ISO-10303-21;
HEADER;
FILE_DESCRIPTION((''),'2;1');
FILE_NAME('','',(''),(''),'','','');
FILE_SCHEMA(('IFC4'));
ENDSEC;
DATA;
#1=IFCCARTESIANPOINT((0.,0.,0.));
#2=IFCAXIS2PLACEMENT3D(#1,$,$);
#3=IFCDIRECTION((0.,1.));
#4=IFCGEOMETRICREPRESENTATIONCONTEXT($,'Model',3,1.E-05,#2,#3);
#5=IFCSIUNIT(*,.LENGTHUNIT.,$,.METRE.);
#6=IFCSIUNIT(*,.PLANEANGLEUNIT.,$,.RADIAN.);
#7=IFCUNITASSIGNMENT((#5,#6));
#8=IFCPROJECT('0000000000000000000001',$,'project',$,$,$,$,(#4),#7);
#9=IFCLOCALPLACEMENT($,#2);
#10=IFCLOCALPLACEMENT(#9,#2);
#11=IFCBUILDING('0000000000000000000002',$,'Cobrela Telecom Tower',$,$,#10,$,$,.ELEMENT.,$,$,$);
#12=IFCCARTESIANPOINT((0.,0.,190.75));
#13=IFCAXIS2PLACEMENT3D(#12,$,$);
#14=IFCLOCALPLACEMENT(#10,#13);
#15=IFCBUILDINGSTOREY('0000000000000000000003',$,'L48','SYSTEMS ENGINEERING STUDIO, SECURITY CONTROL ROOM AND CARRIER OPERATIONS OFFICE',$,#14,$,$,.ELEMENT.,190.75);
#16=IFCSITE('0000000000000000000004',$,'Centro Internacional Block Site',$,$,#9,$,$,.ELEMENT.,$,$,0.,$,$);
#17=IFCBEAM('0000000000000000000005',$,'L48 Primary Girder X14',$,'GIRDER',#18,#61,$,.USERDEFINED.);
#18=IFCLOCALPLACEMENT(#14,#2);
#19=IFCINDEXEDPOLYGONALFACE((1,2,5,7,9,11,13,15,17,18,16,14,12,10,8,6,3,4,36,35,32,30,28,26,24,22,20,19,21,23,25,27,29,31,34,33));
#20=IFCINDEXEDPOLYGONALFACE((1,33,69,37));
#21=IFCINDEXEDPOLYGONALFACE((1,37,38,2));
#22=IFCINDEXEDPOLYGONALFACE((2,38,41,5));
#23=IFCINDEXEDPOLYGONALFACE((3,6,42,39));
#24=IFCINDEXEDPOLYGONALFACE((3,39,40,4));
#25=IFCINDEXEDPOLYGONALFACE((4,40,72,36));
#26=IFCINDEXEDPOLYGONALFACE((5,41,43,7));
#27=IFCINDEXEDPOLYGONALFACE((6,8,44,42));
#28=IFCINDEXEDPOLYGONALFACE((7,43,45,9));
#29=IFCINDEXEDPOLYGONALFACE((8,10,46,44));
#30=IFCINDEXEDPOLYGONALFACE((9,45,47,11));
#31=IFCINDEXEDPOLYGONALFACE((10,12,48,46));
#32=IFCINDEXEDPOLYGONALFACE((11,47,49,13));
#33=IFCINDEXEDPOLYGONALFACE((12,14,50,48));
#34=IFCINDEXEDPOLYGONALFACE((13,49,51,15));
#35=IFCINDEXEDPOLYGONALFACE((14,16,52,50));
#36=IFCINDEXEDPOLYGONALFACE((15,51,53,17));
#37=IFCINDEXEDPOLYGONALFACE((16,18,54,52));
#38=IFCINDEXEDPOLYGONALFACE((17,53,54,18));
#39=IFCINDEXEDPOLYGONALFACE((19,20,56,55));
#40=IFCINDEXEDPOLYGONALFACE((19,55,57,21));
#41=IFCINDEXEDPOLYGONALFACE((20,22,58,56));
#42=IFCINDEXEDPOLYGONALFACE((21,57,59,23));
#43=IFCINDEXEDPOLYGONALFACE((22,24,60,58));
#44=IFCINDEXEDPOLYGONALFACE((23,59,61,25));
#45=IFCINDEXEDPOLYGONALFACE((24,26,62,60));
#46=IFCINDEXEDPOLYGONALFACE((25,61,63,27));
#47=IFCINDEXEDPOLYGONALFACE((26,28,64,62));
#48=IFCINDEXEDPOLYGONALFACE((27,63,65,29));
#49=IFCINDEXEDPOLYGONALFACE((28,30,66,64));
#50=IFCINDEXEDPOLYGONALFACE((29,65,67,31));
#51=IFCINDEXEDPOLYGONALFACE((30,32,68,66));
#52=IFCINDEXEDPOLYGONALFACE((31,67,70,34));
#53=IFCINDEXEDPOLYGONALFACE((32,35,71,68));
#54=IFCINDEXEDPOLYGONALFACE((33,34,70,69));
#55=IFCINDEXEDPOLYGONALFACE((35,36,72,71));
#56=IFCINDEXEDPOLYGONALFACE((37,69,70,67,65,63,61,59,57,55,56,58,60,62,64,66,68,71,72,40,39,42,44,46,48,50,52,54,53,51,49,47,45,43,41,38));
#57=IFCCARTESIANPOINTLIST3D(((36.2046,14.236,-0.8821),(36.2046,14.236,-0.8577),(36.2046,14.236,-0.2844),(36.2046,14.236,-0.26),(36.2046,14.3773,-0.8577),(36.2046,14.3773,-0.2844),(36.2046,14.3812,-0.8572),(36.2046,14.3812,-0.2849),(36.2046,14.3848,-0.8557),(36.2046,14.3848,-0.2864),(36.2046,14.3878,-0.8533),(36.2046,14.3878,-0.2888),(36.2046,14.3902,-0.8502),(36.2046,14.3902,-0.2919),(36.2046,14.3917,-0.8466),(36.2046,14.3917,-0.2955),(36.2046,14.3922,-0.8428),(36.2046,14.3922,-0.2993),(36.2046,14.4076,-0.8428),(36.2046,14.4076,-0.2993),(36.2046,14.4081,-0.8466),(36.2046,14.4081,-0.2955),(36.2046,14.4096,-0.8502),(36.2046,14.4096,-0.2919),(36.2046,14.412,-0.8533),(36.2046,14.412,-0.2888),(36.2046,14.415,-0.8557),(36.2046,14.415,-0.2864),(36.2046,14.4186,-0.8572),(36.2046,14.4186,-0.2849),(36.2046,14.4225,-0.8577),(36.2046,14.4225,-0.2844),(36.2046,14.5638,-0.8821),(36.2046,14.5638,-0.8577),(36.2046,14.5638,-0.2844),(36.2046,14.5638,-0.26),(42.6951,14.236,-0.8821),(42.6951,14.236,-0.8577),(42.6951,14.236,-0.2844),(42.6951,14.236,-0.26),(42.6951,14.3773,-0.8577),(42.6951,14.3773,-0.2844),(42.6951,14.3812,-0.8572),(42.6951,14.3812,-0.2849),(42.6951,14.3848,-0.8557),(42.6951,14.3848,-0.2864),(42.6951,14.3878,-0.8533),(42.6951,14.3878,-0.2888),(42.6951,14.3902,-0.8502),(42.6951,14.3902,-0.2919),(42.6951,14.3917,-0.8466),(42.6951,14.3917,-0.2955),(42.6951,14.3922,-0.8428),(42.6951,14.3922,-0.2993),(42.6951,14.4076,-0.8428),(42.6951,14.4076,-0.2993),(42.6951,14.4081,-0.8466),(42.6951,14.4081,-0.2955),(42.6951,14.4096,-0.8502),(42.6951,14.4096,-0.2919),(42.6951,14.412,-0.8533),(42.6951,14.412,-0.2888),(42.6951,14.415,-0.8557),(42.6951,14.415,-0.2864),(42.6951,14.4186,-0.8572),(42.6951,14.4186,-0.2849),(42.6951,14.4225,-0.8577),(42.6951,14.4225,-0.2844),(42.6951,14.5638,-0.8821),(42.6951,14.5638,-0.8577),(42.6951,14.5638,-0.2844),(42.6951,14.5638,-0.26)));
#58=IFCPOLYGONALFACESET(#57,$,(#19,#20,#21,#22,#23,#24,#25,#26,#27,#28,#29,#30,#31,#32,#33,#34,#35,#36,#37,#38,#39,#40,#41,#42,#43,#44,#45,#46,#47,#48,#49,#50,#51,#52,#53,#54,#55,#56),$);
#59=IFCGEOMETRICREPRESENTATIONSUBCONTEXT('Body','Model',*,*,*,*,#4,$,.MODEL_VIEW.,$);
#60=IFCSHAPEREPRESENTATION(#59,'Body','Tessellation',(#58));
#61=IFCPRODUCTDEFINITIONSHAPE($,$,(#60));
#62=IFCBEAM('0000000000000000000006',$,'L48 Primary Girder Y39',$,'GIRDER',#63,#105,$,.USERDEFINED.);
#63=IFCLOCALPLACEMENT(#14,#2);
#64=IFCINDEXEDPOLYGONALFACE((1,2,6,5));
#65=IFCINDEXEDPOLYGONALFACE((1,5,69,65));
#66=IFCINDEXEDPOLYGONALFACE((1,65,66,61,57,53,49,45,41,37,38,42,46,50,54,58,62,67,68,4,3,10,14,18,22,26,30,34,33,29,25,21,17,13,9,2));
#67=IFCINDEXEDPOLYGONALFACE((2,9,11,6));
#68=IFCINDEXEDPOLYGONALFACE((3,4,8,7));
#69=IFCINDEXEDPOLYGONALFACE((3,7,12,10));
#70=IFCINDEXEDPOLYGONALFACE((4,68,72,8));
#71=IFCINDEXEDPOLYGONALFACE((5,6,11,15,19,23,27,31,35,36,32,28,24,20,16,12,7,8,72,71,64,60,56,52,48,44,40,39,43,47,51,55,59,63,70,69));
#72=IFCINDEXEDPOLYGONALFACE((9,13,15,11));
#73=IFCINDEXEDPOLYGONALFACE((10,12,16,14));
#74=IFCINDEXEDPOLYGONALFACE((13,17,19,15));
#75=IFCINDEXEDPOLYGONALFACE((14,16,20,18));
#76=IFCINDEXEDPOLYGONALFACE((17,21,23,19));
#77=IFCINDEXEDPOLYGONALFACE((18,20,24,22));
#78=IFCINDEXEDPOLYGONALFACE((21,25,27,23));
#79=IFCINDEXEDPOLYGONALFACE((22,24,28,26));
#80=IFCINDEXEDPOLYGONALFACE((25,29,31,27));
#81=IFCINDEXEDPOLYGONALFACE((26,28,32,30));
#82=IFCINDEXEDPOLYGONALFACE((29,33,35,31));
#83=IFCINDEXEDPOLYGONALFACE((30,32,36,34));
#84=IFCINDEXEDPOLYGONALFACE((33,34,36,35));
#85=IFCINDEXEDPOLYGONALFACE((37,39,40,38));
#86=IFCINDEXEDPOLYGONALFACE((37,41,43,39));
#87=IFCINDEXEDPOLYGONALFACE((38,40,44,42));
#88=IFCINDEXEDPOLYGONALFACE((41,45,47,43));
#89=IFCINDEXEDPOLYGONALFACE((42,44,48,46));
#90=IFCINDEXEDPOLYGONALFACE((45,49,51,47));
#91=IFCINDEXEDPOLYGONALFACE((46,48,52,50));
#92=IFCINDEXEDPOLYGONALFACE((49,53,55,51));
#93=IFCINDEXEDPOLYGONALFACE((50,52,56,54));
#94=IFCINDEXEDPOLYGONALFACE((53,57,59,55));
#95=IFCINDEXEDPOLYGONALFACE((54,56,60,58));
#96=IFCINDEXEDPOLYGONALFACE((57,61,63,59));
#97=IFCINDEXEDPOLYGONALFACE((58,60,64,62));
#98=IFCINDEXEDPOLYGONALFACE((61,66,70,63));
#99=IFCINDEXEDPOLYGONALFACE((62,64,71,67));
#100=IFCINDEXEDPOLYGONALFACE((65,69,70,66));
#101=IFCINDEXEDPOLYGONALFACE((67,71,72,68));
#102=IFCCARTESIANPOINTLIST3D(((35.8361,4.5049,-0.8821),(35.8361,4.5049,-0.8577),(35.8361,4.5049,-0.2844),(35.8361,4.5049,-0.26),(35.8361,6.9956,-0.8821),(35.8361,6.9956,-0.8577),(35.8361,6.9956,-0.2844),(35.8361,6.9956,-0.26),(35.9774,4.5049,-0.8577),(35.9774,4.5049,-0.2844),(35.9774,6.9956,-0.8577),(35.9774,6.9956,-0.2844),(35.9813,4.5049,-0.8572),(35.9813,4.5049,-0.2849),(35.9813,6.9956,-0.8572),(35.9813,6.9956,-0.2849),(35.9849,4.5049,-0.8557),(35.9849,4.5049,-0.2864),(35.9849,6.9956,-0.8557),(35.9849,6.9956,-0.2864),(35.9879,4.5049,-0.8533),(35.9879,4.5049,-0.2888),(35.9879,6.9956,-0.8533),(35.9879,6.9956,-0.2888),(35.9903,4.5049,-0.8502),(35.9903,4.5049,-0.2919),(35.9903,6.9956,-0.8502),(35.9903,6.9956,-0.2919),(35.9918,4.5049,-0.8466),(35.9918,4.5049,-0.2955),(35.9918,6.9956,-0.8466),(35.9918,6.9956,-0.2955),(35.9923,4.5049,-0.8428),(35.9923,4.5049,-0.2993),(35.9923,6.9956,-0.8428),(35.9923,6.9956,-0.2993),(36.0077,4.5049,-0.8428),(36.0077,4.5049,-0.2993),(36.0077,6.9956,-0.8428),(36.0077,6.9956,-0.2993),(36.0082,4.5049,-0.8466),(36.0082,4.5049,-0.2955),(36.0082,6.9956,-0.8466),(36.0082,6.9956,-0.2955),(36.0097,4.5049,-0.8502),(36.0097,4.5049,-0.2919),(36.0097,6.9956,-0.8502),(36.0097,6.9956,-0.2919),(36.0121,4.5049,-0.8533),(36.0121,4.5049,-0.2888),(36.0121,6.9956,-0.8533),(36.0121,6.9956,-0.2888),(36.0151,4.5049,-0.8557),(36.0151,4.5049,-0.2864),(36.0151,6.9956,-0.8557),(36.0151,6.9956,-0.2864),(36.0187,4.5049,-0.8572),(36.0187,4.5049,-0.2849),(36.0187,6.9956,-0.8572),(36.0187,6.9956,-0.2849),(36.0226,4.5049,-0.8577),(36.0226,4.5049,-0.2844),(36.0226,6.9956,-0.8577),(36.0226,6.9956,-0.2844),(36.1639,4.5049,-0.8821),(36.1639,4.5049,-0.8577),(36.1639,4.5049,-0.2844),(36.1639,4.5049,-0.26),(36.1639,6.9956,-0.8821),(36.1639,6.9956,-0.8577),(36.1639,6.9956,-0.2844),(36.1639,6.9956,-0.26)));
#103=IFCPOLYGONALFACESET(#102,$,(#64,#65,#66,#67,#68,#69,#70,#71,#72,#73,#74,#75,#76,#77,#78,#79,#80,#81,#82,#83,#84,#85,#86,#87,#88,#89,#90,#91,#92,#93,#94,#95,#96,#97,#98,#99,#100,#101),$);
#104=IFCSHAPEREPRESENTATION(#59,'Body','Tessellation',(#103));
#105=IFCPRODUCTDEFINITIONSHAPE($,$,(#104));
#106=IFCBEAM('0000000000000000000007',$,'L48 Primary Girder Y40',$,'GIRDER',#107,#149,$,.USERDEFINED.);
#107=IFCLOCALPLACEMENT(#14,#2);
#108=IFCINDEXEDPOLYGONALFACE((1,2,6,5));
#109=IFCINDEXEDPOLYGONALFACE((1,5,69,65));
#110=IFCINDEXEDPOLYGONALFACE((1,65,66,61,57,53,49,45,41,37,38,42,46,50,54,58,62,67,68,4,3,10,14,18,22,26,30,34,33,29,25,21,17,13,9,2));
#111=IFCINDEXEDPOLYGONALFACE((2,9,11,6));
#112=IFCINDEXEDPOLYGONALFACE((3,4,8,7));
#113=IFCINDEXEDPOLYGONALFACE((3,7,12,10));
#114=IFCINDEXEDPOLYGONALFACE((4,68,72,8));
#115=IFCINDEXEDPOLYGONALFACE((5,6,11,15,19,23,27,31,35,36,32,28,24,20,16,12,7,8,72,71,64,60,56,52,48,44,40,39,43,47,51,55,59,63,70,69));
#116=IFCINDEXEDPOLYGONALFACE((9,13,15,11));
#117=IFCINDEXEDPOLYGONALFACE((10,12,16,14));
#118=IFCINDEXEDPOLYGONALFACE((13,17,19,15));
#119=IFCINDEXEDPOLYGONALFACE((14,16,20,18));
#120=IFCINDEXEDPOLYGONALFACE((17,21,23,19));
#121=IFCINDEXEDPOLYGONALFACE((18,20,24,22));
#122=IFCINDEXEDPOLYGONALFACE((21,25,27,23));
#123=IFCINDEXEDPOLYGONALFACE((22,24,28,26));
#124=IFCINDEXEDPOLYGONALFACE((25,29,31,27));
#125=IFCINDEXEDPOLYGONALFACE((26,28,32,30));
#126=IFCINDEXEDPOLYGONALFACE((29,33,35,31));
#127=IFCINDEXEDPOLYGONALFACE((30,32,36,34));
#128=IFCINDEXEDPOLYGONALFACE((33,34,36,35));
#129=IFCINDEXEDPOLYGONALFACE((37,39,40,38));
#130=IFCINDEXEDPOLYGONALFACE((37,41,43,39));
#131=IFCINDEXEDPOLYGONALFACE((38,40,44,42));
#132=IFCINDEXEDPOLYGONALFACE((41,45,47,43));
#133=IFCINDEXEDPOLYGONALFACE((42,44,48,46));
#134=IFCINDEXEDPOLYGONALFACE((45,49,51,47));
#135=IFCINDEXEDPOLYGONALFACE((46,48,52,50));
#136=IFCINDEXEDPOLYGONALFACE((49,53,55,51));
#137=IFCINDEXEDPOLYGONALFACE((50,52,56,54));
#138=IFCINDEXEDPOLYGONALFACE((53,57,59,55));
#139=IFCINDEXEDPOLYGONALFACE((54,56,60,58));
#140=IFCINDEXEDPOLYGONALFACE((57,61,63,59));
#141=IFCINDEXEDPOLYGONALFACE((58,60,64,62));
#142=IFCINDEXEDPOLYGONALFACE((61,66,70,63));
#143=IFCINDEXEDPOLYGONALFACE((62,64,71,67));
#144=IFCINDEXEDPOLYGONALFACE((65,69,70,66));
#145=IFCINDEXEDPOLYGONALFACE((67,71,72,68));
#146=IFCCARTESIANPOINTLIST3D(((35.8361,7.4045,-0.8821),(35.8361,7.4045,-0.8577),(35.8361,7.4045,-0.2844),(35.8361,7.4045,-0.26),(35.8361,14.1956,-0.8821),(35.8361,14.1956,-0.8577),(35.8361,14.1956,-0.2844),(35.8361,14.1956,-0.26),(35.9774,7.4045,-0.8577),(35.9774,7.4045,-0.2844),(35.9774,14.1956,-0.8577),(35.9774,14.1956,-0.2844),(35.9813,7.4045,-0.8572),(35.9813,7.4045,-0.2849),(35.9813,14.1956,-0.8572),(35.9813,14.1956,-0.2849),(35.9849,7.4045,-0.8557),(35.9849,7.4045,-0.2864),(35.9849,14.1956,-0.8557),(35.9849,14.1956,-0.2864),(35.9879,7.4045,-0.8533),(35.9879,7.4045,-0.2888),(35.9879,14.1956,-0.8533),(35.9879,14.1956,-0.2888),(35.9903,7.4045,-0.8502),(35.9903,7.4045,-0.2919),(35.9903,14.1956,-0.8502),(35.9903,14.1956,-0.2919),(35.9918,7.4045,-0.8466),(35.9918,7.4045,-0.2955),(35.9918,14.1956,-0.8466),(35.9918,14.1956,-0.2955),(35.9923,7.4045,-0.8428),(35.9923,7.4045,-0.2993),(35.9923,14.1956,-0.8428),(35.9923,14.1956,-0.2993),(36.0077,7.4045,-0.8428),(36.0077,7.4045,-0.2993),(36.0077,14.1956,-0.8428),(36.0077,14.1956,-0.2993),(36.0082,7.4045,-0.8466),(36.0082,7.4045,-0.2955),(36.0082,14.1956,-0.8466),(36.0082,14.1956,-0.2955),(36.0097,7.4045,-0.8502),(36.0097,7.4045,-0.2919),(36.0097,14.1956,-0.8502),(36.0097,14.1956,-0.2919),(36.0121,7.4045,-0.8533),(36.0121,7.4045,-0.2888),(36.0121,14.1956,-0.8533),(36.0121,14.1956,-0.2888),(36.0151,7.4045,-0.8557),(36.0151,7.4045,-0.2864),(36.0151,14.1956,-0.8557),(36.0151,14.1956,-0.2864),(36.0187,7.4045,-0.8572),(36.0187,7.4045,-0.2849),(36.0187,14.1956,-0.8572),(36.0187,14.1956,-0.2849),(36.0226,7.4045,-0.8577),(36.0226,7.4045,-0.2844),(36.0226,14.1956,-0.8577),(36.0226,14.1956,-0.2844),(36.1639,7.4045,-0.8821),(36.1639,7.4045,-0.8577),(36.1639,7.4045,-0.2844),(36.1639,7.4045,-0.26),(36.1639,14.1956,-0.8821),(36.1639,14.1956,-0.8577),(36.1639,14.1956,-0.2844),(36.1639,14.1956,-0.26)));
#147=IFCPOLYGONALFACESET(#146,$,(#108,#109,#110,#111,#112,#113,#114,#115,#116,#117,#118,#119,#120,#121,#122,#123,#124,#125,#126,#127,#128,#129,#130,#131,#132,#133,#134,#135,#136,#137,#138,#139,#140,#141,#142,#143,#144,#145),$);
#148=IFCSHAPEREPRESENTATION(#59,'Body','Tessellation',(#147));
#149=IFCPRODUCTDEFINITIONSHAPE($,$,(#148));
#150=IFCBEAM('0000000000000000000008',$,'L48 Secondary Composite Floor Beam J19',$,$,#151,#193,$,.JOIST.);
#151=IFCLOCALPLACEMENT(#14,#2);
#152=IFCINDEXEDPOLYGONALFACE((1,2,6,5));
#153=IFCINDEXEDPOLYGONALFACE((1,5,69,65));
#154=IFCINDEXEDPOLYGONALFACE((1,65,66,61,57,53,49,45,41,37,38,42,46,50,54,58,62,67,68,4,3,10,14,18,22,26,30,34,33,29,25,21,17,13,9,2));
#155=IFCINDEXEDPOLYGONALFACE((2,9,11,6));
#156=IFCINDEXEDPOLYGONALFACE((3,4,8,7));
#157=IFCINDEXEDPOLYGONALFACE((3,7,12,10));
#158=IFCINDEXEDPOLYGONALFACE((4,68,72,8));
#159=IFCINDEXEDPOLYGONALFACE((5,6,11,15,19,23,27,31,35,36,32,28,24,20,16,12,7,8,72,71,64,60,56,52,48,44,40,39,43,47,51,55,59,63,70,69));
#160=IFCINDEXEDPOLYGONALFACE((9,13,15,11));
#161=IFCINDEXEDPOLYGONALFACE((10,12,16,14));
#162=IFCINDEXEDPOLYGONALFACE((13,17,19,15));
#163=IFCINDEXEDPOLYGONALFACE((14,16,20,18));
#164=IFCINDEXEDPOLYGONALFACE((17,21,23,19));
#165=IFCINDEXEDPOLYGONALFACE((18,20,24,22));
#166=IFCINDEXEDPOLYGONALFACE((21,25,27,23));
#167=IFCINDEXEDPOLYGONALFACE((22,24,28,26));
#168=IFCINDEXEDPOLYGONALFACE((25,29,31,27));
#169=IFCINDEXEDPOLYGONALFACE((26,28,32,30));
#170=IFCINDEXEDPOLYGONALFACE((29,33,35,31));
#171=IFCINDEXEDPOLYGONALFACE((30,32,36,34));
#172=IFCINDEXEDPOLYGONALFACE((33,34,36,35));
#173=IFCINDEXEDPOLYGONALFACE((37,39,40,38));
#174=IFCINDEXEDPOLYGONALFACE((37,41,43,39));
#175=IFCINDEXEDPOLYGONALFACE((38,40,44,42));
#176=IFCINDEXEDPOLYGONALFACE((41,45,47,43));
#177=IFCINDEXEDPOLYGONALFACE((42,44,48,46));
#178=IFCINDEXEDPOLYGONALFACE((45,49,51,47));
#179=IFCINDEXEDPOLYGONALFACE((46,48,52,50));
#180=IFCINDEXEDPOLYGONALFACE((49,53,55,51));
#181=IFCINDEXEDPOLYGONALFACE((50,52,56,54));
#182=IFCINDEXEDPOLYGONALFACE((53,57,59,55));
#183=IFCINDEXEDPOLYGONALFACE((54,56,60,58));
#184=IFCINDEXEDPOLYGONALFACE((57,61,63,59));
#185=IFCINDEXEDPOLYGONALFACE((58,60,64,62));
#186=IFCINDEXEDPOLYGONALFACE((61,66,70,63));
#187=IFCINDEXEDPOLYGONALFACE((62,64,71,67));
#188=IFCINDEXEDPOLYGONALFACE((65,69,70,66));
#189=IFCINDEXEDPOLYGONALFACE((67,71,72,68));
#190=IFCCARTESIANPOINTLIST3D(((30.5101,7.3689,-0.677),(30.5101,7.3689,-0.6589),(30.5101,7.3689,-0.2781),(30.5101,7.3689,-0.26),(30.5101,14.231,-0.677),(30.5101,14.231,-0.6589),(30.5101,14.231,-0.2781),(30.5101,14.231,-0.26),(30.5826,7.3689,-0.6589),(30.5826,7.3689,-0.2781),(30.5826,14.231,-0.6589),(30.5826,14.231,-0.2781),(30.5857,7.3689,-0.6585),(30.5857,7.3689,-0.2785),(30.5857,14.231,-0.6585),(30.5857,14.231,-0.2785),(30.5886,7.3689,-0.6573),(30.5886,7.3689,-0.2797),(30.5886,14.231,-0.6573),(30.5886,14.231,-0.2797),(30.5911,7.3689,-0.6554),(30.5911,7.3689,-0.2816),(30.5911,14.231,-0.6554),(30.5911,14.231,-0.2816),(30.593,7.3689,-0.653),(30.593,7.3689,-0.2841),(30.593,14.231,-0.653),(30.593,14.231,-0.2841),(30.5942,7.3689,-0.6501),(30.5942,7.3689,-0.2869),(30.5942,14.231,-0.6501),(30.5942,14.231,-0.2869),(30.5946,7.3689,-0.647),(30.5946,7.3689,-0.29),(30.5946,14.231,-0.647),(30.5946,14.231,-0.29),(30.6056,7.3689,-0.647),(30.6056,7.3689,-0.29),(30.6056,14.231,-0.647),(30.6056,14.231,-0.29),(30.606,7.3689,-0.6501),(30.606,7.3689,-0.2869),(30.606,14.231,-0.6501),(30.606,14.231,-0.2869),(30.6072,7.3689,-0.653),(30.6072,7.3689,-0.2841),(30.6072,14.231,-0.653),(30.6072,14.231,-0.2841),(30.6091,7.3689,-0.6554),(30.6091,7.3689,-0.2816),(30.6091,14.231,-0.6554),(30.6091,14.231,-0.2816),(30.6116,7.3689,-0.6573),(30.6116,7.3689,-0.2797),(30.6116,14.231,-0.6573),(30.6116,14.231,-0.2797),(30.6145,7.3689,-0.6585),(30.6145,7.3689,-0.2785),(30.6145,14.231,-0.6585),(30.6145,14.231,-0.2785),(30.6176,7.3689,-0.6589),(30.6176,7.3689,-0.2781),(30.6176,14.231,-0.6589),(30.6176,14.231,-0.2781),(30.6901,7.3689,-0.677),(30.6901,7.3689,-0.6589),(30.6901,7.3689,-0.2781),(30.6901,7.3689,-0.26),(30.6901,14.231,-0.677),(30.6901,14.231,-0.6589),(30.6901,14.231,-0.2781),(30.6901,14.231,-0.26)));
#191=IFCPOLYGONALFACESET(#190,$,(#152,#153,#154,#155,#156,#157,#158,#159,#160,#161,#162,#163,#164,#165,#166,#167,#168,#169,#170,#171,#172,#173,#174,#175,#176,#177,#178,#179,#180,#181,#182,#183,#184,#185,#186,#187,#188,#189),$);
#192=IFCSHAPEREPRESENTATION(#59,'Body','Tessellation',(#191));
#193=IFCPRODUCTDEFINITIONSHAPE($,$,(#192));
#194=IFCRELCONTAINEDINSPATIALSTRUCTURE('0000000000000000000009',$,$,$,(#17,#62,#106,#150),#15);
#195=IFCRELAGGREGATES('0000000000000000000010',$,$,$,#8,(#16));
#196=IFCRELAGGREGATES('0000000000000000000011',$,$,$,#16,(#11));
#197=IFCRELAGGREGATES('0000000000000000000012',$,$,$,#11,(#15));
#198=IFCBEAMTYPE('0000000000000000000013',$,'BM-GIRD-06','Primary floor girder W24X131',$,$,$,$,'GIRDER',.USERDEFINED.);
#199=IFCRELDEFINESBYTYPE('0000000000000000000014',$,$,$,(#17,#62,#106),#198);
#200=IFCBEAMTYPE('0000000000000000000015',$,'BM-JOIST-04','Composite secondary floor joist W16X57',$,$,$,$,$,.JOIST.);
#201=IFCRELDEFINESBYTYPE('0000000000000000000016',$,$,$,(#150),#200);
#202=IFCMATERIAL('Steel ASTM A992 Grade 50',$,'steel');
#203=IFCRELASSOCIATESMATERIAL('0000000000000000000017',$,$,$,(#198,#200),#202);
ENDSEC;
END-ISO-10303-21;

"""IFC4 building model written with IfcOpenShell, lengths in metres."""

from ifc_helpers import new_model, si_unit, direction, frame, origin, origin_2d, place, context, subcontext, project, spatial, i_section, extrude, material, material_profile, profile_set, type_object, element, save


model = new_model("IFC4")

# Units and contexts
model_context = context("Model", 3, precision=1e-05, world=origin(), true_north=direction((0.0, 1.0)))
body_context = subcontext(model_context, "Body", "Model", "MODEL_VIEW")
ifc_project = project(units=[si_unit("LENGTHUNIT", "METRE"), si_unit("PLANEANGLEUNIT", "RADIAN")], contexts=[model_context])

# Site, building, storey
site_placement = place(None, origin())
site = spatial("IfcSite", under=ifc_project, at=site_placement, Name="Centro Internacional Block Site", CompositionType="ELEMENT", RefElevation=0.0)
building_placement = place(site_placement, origin())
building = spatial("IfcBuilding", under=site, at=building_placement, Name="Cobrela Telecom Tower", CompositionType="ELEMENT")
storey_placement = place(building_placement, frame((0.0, 0.0, 190.75)))
storey = spatial("IfcBuildingStorey", under=building, at=storey_placement, Name="L48", Description="SYSTEMS ENGINEERING STUDIO, SECURITY CONTROL ROOM AND CARRIER OPERATIONS OFFICE", CompositionType="ELEMENT", Elevation=190.75)

# Shared definitions
ifc_material_1 = material(Name="Steel ASTM A992 Grade 50", Category="steel")

# Beams
ifc_material_profile_1 = material_profile(ifc_material_1, i_section(OverallWidth=0.3279, OverallDepth=0.6221, WebThickness=0.0154, FlangeThickness=0.0244, FilletRadius=0.0149, at=origin_2d()), Name="W24X131")
ifc_profile_set_1 = profile_set([ifc_material_profile_1], Name="Steel ASTM A992 Grade 50")
beam_type_1 = type_object("IfcBeamType", Name="BM-GIRD-06", Description="Primary floor girder W24X131", ElementType="GIRDER", PredefinedType="USERDEFINED", material=ifc_profile_set_1)
for number, where, z_axis, x_axis, name in (
    (1, (36.2046, 14.3999, -0.571), (1.0, 0.0, 0.0), (0.0, 1.0, 0.0), "L48 Primary Girder X14"),
):
    element("IfcBeam", number, at=place(storey_placement, frame(where, z_axis=z_axis, x_axis=x_axis)), inside=storey, type_object=beam_type_1, Name=name, ObjectType="GIRDER", PredefinedType="USERDEFINED", context=body_context, shape_type="SweptSolid", body=[
        extrude(i_section(OverallWidth=0.3279, OverallDepth=0.6221, WebThickness=0.0154, FlangeThickness=0.0244, FilletRadius=0.0149, at=origin_2d()), origin(), (0.0, 0.0, 1.0), 6.4905),
    ])
beam_1_placement = place(storey_placement, frame((36.0, 4.5049, -0.571), z_axis=(0.0, 1.0, 0.0), x_axis=(-1.0, 0.0, 0.0)))
element("IfcBeam", 2, at=beam_1_placement, inside=storey, type_object=beam_type_1, Name="L48 Primary Girder Y39", ObjectType="GIRDER", PredefinedType="USERDEFINED", context=body_context, shape_type="SweptSolid", body=[
    extrude(i_section(OverallWidth=0.3279, OverallDepth=0.6221, WebThickness=0.0154, FlangeThickness=0.0244, FilletRadius=0.0149, at=origin_2d()), origin(), (0.0, 0.0, 1.0), 2.4907),
])
beam_2_placement = place(storey_placement, frame((36.0, 7.4045, -0.571), z_axis=(0.0, 1.0, 0.0), x_axis=(-1.0, 0.0, 0.0)))
element("IfcBeam", 3, at=beam_2_placement, inside=storey, type_object=beam_type_1, Name="L48 Primary Girder Y40", ObjectType="GIRDER", PredefinedType="USERDEFINED", context=body_context, shape_type="SweptSolid", body=[
    extrude(i_section(OverallWidth=0.3279, OverallDepth=0.6221, WebThickness=0.0154, FlangeThickness=0.0244, FilletRadius=0.0149, at=origin_2d()), origin(), (0.0, 0.0, 1.0), 6.791),
])
ifc_material_profile_2 = material_profile(ifc_material_1, i_section(OverallWidth=0.1799, OverallDepth=0.417, WebThickness=0.011, FlangeThickness=0.0181, FilletRadius=0.012, at=origin_2d()), Name="W16X57")
ifc_profile_set_2 = profile_set([ifc_material_profile_2], Name="Steel ASTM A992 Grade 50")
beam_type_2 = type_object("IfcBeamType", Name="BM-JOIST-04", Description="Composite secondary floor joist W16X57", PredefinedType="JOIST", material=ifc_profile_set_2)
for number, where, z_axis, x_axis, name in (
    (4, (30.6001, 7.3689, -0.4685), (0.0, 1.0, 0.0), (-1.0, 0.0, 0.0), "L48 Secondary Composite Floor Beam J19"),
):
    element("IfcBeam", number, at=place(storey_placement, frame(where, z_axis=z_axis, x_axis=x_axis)), inside=storey, type_object=beam_type_2, Name=name, PredefinedType="JOIST", context=body_context, shape_type="SweptSolid", body=[
        extrude(i_section(OverallWidth=0.1799, OverallDepth=0.417, WebThickness=0.011, FlangeThickness=0.0181, FilletRadius=0.012, at=origin_2d()), origin(), (0.0, 0.0, 1.0), 6.8621),
    ])

save(model, "model.ifc")
